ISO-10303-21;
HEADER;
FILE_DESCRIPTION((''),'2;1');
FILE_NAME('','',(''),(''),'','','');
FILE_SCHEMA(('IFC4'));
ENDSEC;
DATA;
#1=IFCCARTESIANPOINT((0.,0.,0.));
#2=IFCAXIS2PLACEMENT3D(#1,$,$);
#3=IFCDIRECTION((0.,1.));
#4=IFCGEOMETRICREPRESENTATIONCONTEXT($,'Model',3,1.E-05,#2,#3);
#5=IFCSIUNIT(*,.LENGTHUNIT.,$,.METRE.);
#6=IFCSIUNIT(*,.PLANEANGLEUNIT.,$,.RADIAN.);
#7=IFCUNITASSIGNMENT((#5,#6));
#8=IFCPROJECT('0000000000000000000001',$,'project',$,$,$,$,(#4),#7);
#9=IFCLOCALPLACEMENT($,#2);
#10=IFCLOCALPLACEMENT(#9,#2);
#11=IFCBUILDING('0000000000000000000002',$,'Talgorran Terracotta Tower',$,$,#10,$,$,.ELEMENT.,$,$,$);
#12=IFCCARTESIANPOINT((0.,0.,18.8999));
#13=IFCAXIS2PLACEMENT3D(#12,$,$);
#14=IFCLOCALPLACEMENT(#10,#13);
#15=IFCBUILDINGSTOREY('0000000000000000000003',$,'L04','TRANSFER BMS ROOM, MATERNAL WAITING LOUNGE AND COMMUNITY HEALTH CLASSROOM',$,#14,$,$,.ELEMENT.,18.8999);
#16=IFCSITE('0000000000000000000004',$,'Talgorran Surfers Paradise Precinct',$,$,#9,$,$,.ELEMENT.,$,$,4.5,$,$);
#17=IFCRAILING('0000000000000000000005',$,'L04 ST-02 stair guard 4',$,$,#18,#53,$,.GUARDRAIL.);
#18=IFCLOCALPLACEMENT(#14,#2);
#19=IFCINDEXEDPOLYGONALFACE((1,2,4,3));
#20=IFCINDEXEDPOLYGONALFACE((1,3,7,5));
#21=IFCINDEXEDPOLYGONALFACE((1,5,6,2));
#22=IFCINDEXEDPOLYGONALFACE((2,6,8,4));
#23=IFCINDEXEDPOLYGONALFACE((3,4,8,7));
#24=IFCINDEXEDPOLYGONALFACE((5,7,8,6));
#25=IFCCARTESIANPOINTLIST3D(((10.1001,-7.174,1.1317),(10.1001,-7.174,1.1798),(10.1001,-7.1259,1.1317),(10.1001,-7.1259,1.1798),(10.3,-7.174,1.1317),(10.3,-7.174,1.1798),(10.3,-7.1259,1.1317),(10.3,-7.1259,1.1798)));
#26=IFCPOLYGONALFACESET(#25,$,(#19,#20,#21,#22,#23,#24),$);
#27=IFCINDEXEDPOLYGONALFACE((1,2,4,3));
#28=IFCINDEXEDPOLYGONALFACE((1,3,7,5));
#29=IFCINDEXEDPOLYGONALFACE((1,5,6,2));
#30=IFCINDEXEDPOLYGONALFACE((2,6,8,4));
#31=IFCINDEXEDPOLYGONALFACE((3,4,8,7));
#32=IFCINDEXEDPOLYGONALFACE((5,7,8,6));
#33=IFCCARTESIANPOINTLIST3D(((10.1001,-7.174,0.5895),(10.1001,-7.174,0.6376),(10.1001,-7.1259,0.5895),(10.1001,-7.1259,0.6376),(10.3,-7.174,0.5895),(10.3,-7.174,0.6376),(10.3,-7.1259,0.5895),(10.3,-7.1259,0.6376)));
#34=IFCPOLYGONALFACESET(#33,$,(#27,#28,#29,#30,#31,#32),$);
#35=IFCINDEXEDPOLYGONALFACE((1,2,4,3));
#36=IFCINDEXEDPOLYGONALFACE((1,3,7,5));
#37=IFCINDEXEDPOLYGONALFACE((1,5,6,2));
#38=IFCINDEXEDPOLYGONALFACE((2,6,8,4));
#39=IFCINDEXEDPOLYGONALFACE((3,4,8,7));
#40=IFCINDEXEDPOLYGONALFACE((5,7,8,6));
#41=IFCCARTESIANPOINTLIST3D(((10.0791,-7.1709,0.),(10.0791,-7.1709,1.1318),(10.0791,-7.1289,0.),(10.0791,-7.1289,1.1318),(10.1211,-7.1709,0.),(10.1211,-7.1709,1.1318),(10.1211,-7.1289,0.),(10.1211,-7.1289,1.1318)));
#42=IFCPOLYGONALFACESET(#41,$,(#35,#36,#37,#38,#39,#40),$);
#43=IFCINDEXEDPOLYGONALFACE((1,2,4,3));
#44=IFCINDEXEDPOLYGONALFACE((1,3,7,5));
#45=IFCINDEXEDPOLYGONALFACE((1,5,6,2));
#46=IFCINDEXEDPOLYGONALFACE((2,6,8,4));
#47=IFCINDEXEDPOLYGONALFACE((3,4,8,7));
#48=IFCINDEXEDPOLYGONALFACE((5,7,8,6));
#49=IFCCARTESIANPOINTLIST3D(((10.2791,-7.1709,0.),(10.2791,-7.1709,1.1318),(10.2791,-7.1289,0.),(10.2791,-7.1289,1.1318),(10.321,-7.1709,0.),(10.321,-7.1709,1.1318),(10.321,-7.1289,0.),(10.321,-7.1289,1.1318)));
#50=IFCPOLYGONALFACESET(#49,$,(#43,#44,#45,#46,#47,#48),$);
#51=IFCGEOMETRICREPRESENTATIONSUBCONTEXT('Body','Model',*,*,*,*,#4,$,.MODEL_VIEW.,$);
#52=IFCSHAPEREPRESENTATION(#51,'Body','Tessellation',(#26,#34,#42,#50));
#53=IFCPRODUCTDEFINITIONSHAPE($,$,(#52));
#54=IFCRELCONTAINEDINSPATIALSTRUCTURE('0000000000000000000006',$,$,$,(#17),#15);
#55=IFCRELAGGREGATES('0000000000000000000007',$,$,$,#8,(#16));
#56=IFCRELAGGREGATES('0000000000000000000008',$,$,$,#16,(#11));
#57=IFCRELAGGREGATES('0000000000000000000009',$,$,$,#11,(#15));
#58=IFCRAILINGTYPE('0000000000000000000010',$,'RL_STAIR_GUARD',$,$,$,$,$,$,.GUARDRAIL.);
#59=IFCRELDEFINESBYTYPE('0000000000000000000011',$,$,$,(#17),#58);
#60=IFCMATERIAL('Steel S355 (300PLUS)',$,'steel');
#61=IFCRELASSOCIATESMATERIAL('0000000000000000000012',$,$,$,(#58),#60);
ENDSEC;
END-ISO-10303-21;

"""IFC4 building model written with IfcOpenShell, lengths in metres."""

from ifc_helpers import new_model, si_unit, direction, frame, origin, origin_2d, place, context, subcontext, project, spatial, rectangle, extrude, material, type_object, element, save


model = new_model("IFC4")

# Units and contexts
model_context = context("Model", 3, precision=1e-05, world=origin(), true_north=direction((0.0, 1.0)))
body_context = subcontext(model_context, "Body", "Model", "MODEL_VIEW")
ifc_project = project(units=[si_unit("LENGTHUNIT", "METRE"), si_unit("PLANEANGLEUNIT", "RADIAN")], contexts=[model_context])

# Site, building, storey
site_placement = place(None, origin())
site = spatial("IfcSite", under=ifc_project, at=site_placement, Name="Talgorran Surfers Paradise Precinct", CompositionType="ELEMENT", RefElevation=4.5)
building_placement = place(site_placement, origin())
building = spatial("IfcBuilding", under=site, at=building_placement, Name="Talgorran Terracotta Tower", CompositionType="ELEMENT")
storey_placement = place(building_placement, frame((0.0, 0.0, 18.8999)))
storey = spatial("IfcBuildingStorey", under=building, at=storey_placement, Name="L04", Description="TRANSFER BMS ROOM, MATERNAL WAITING LOUNGE AND COMMUNITY HEALTH CLASSROOM", CompositionType="ELEMENT", Elevation=18.8999)

# Shared definitions
ifc_material_1 = material(Name="Steel S355 (300PLUS)", Category="steel")

# Railing
railing_type = type_object("IfcRailingType", Name="RL_STAIR_GUARD", PredefinedType="GUARDRAIL", material=ifc_material_1)
railing_1_placement = place(storey_placement, frame((10.1001, -7.1499, 0.0)))
element("IfcRailing", 1, at=railing_1_placement, inside=storey, type_object=railing_type, Name="L04 ST-02 stair guard 4", PredefinedType="GUARDRAIL", context=body_context, shape_type="SweptSolid", body=[
    extrude(rectangle(XDim=0.0481, YDim=0.0481, at=origin_2d()), frame((0.0, 0.0, 1.1558), z_axis=(1.0, 0.0, 0.0), x_axis=(0.0, 1.0, 0.0)), (0.0, 0.0, 1.0), 0.2),
    extrude(rectangle(XDim=0.0481, YDim=0.0481, at=origin_2d()), frame((0.0, 0.0, 0.6135), z_axis=(1.0, 0.0, 0.0), x_axis=(0.0, 1.0, 0.0)), (0.0, 0.0, 1.0), 0.2),
    extrude(rectangle(XDim=0.042, YDim=0.042, at=origin_2d()), origin(), (0.0, 0.0, 1.0), 1.1318),
    extrude(rectangle(XDim=0.042, YDim=0.042, at=origin_2d()), frame((0.2, 0.0, 0.0)), (0.0, 0.0, 1.0), 1.1318),
])

save(model, "model.ifc")
